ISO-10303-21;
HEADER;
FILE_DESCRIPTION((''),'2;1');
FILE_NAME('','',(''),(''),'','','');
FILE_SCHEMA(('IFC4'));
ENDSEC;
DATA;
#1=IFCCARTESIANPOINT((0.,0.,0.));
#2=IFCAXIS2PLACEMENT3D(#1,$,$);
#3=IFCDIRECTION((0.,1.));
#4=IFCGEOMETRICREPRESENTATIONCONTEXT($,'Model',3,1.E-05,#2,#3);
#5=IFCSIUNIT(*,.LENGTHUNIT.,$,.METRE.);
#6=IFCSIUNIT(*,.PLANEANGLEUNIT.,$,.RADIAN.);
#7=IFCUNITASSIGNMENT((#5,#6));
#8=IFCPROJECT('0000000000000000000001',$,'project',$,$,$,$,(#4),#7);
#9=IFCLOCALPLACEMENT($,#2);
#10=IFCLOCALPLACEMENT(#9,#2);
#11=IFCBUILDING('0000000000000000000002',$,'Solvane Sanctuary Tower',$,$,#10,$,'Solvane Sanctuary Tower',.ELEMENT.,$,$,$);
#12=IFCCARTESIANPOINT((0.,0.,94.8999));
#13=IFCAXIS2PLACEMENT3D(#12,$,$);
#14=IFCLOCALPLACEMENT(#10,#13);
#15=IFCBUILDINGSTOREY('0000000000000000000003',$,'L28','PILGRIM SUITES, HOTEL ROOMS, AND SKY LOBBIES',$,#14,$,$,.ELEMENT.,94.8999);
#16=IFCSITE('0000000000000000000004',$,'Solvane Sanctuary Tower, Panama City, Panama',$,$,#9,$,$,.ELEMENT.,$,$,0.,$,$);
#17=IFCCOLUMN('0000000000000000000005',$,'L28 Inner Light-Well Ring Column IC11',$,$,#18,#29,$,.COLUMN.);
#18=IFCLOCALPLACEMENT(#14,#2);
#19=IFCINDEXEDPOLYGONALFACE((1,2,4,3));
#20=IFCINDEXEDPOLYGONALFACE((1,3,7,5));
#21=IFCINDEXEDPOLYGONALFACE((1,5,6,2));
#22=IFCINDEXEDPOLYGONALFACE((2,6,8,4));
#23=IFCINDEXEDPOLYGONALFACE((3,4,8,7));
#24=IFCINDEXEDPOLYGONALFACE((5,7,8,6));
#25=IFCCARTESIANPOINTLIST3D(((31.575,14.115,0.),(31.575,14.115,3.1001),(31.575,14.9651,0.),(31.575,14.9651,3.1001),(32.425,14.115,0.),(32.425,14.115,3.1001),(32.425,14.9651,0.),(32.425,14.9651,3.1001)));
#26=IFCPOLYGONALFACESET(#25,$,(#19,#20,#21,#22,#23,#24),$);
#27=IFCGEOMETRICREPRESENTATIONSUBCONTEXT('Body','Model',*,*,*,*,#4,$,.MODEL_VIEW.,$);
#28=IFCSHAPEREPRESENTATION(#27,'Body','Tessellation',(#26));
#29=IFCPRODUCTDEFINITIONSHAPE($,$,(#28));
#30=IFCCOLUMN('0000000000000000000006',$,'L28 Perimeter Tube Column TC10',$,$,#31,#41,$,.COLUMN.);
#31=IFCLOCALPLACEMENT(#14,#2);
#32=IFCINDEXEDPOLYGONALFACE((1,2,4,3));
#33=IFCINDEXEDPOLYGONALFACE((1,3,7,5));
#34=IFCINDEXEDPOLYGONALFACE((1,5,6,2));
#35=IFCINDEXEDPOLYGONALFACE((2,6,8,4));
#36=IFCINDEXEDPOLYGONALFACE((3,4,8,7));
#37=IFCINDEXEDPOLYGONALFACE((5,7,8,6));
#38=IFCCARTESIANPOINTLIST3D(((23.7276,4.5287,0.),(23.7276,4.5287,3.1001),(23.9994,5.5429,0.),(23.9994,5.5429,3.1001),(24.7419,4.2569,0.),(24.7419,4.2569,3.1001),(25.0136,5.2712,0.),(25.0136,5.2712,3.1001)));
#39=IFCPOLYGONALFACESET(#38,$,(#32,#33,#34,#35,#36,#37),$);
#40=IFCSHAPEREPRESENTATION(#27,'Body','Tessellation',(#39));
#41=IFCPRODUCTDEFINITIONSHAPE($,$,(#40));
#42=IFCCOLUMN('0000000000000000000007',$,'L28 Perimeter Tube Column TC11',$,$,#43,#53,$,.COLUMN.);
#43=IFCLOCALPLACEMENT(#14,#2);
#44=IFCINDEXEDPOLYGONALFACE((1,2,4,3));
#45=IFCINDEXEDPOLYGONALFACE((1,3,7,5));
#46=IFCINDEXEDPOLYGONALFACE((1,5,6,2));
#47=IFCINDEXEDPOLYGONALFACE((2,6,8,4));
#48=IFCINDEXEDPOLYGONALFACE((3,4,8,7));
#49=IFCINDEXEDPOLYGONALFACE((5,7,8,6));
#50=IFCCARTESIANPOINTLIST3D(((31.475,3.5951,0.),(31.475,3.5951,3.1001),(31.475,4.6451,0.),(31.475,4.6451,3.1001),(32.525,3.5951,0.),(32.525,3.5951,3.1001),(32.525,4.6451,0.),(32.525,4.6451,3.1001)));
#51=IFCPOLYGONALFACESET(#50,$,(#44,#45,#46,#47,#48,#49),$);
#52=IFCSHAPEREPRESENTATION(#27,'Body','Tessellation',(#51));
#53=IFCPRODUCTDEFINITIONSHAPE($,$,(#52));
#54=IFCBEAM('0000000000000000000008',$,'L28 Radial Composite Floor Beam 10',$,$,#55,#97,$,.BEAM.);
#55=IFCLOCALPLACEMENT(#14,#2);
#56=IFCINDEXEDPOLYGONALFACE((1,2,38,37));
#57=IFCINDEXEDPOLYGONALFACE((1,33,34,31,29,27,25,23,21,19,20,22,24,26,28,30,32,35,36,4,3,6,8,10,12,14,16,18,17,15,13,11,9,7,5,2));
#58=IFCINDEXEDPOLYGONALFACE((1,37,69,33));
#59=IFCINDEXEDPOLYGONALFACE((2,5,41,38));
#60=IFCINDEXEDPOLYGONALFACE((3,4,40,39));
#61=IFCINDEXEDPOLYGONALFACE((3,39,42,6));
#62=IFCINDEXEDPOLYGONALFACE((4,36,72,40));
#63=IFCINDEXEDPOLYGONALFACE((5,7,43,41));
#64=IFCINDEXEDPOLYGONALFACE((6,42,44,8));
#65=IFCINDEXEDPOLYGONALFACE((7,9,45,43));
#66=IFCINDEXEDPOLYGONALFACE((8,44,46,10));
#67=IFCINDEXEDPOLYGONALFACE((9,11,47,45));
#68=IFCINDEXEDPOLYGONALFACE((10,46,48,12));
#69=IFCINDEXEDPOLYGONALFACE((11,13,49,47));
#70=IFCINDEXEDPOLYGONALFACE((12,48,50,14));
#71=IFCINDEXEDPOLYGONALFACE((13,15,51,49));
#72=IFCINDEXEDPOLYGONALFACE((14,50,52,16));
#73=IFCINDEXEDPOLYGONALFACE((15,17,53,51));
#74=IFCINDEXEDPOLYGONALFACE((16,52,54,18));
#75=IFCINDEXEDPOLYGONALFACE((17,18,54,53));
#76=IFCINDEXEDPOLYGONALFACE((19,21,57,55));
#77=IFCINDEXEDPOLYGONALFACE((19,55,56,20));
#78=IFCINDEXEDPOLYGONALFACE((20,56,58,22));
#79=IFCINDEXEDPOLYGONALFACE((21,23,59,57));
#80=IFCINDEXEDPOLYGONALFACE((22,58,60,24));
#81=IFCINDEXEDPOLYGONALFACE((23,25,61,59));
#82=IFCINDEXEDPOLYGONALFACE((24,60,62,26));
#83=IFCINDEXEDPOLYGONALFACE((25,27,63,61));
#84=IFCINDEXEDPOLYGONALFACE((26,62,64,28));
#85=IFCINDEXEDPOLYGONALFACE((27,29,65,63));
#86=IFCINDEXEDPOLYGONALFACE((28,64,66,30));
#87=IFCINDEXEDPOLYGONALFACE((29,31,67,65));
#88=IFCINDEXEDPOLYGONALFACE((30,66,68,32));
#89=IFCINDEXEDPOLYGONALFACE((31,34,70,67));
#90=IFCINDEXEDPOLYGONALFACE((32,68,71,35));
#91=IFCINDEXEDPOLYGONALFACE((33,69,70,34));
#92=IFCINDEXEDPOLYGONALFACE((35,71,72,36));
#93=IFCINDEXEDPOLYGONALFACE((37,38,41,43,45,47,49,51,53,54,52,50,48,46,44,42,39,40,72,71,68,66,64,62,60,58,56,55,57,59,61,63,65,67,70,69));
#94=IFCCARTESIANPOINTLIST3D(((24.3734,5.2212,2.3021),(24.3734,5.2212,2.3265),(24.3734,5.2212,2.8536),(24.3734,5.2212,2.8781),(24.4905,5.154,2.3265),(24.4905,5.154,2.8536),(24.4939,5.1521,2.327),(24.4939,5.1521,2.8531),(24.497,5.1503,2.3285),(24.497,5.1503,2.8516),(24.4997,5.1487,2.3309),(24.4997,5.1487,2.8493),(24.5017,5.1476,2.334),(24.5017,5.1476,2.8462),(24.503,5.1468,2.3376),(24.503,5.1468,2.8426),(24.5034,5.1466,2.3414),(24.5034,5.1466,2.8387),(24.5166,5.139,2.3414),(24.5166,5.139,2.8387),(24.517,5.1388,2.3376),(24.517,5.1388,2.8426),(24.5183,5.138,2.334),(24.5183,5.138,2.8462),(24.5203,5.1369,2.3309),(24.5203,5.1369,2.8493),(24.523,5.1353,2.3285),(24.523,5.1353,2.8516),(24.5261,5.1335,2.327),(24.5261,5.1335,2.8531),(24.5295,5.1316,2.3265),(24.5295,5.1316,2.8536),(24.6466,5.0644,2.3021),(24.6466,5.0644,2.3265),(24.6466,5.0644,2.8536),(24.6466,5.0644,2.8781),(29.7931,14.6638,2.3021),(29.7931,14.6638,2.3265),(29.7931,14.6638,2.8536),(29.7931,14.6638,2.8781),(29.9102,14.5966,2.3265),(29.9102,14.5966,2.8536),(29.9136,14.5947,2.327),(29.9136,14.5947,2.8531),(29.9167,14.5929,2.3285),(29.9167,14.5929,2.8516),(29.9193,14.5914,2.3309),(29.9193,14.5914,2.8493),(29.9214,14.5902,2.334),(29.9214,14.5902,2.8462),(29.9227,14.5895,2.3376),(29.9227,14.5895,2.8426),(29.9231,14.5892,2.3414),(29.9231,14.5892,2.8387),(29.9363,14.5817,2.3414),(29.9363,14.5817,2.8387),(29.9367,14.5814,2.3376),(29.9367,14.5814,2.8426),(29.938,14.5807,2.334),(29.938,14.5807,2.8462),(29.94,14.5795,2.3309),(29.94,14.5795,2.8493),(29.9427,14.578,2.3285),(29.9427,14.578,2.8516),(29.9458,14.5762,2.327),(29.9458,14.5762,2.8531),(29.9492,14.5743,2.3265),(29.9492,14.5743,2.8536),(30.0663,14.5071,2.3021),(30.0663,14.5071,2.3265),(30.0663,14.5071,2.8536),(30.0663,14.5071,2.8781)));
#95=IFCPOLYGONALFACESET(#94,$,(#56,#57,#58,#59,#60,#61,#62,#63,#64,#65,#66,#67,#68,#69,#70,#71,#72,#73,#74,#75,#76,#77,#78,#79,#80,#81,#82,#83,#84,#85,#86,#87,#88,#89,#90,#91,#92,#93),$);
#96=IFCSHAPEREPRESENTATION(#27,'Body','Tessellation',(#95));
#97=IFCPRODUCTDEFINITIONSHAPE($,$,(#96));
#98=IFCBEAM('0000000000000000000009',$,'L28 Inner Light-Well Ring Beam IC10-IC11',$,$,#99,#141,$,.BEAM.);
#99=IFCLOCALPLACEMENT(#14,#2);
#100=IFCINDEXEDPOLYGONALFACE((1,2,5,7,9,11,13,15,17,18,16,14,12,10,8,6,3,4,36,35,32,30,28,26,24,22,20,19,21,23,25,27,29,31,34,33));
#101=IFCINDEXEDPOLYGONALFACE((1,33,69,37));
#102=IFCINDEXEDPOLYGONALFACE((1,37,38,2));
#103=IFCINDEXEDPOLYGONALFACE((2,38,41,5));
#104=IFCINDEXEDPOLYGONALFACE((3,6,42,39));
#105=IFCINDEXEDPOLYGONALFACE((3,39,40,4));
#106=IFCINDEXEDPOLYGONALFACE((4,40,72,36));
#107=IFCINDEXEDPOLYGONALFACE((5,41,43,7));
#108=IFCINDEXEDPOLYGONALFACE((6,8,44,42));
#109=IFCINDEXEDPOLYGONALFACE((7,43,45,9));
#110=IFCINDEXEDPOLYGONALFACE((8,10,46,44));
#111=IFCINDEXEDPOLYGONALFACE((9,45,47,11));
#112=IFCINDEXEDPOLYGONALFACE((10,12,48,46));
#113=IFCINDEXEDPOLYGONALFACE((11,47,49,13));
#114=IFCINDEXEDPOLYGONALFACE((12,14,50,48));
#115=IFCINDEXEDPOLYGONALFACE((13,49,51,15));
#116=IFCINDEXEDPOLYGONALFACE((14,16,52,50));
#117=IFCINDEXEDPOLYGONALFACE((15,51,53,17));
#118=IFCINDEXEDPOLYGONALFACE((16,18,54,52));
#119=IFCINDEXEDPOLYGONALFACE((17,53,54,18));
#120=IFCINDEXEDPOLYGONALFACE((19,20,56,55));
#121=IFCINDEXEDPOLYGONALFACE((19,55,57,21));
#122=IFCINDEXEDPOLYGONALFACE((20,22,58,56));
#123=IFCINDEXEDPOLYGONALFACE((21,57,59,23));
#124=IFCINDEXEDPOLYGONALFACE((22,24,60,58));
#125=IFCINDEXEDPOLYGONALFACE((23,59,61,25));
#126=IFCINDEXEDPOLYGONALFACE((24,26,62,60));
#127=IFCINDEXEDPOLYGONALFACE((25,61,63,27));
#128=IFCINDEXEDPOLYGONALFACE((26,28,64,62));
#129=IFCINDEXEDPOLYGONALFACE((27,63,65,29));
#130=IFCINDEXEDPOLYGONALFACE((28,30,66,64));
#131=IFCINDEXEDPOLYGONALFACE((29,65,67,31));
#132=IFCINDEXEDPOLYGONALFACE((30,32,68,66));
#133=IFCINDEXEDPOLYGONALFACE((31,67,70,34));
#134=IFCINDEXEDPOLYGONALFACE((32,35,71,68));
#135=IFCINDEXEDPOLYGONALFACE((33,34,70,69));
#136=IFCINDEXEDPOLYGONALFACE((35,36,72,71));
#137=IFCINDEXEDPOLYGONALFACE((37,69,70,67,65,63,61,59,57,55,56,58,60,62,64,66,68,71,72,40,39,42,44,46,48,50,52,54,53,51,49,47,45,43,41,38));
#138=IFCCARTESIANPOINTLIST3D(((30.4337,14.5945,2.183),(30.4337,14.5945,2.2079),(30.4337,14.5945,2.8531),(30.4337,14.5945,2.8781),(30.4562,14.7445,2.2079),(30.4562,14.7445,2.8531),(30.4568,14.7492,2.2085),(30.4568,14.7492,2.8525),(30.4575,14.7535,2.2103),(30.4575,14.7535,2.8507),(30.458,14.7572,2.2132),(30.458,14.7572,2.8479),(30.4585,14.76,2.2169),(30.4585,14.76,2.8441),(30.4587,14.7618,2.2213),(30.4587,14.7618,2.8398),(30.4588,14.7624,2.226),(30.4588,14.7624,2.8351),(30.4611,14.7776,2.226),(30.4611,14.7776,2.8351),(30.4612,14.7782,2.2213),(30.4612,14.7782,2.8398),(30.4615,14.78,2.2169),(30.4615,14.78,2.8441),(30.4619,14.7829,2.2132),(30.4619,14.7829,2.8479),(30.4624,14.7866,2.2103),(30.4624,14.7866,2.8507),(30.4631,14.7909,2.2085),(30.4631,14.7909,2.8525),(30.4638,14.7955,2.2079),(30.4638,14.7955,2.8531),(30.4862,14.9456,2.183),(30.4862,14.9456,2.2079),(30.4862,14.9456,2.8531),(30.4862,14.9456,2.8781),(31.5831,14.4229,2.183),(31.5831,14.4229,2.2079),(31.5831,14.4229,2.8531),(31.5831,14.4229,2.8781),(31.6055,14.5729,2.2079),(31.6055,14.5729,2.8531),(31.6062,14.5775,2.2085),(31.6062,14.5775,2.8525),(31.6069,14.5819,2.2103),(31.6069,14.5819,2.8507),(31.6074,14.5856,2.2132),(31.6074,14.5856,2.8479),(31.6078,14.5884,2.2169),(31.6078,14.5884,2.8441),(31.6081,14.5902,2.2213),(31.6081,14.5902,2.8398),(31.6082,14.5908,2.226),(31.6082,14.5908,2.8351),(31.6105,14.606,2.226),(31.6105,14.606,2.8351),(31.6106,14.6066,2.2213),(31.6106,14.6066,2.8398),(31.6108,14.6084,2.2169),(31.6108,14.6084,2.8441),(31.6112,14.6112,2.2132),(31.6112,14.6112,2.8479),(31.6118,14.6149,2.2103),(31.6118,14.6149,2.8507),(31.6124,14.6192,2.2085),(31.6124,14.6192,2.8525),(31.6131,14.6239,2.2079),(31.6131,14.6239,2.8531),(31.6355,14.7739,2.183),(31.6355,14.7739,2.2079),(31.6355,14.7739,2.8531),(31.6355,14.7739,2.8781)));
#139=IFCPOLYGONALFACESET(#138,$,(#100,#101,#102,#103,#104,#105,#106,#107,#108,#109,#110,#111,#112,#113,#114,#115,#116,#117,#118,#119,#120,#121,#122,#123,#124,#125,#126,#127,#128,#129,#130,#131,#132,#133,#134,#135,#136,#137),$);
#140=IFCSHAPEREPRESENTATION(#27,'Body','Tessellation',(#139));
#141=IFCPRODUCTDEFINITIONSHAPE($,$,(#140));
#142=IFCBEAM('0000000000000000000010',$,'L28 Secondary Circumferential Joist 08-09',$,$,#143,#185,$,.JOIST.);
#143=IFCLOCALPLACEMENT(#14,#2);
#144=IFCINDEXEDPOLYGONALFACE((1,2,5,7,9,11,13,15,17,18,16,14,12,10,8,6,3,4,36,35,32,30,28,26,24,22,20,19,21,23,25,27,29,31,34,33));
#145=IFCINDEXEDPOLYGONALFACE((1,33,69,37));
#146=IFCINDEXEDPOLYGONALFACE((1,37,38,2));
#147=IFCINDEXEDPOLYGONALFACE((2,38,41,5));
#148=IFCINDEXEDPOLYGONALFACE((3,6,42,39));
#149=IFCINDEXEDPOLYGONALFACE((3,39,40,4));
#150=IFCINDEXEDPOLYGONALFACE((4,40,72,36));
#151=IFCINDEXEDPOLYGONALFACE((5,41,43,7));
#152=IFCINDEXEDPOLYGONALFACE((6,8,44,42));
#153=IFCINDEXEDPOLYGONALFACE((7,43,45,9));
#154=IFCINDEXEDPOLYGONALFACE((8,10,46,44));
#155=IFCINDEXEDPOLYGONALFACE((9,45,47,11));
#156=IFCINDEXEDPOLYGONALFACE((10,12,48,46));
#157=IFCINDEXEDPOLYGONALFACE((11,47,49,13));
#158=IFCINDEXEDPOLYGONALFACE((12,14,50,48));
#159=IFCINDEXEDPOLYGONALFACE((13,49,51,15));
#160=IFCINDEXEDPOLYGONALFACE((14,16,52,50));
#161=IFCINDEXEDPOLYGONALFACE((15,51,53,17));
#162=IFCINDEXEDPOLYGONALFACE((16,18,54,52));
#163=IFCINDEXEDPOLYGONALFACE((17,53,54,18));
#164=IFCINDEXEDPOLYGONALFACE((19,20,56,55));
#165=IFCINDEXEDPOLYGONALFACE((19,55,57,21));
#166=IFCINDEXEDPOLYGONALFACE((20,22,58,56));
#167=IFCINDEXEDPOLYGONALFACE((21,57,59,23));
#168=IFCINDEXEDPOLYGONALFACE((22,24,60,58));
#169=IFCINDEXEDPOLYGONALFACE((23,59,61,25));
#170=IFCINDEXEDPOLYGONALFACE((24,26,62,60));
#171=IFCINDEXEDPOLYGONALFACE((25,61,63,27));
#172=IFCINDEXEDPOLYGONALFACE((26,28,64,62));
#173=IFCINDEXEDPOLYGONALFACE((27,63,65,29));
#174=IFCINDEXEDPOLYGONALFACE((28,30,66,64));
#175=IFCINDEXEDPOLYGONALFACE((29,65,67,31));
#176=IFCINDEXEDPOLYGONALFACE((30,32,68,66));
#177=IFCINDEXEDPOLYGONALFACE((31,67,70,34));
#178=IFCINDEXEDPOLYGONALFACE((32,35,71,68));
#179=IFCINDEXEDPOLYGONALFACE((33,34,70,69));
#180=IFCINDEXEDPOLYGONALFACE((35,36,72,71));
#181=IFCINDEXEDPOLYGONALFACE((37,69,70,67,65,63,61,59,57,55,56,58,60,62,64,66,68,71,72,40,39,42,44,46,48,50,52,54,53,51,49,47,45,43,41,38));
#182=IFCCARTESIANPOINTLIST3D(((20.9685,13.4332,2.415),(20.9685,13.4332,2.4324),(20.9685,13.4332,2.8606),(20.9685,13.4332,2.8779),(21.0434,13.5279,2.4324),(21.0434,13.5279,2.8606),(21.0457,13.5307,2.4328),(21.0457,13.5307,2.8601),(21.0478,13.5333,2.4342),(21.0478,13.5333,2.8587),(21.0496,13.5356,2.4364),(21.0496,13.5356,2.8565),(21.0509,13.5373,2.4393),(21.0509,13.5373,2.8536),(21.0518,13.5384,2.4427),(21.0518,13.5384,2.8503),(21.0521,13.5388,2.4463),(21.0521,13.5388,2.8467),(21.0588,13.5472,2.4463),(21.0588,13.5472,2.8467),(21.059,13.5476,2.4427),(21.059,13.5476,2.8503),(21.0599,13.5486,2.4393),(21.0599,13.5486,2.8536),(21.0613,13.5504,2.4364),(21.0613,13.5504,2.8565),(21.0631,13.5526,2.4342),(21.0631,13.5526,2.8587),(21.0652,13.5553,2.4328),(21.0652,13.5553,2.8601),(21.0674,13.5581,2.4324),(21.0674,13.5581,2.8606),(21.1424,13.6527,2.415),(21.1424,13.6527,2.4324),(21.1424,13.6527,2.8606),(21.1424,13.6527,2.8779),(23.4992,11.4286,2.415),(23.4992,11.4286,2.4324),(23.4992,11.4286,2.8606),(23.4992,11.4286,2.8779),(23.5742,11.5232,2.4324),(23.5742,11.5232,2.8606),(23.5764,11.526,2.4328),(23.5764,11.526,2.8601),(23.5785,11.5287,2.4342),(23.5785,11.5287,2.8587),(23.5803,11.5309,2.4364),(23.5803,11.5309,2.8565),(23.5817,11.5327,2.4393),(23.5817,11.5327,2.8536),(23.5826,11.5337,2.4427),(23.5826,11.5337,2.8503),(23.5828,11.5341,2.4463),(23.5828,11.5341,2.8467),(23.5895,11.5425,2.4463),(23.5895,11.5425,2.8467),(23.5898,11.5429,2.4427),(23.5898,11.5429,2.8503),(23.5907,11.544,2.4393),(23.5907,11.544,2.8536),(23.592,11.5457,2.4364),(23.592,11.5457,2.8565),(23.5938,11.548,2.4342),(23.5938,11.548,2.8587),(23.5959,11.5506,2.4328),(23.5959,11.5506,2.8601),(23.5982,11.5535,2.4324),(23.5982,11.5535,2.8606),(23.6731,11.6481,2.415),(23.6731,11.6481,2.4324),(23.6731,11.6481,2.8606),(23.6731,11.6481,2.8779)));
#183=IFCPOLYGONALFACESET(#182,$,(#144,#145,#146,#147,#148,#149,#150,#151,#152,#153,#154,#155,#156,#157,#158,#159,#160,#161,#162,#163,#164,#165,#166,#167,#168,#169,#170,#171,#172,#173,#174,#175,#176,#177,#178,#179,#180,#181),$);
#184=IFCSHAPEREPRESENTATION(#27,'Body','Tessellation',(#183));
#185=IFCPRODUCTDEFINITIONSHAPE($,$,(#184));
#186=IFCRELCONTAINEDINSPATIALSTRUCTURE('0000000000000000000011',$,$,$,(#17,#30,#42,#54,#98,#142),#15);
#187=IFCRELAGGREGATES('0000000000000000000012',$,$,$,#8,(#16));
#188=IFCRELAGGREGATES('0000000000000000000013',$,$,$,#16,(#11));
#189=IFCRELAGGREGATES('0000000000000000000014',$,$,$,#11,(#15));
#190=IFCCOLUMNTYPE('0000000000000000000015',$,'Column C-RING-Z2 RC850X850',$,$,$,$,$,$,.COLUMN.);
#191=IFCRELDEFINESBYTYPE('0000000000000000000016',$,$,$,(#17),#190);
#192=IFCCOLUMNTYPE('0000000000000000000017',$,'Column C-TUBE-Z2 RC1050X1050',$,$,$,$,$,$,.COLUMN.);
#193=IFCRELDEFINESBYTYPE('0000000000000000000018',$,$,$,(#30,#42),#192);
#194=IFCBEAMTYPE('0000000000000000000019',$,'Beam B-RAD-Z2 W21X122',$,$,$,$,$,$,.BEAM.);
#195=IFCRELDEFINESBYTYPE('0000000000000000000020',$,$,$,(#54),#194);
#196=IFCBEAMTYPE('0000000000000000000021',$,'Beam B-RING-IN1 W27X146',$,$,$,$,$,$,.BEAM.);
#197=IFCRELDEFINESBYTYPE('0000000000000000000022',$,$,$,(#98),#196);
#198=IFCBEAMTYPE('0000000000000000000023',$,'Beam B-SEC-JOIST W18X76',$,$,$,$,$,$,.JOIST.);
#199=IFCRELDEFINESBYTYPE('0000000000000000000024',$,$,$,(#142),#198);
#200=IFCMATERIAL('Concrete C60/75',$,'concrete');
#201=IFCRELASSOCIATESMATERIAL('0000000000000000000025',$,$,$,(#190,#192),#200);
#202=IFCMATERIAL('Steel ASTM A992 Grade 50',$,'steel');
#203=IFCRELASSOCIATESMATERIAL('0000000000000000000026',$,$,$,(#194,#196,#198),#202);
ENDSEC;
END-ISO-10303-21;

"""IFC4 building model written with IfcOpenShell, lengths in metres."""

from ifc_helpers import new_model, si_unit, direction, frame, origin, origin_2d, place, context, subcontext, project, spatial, rectangle, i_section, extrude, material, material_profile, profile_set, type_object, element, save


model = new_model("IFC4")

# Units and contexts
model_context = context("Model", 3, precision=1e-05, world=origin(), true_north=direction((0.0, 1.0)))
body_context = subcontext(model_context, "Body", "Model", "MODEL_VIEW")
ifc_project = project(units=[si_unit("LENGTHUNIT", "METRE"), si_unit("PLANEANGLEUNIT", "RADIAN")], contexts=[model_context])

# Site, building, storey
site_placement = place(None, origin())
site = spatial("IfcSite", under=ifc_project, at=site_placement, Name="Solvane Sanctuary Tower, Panama City, Panama", CompositionType="ELEMENT", RefElevation=0.0)
building_placement = place(site_placement, origin())
building = spatial("IfcBuilding", under=site, at=building_placement, Name="Solvane Sanctuary Tower", LongName="Solvane Sanctuary Tower", CompositionType="ELEMENT")
storey_placement = place(building_placement, frame((0.0, 0.0, 94.8999)))
storey = spatial("IfcBuildingStorey", under=building, at=storey_placement, Name="L28", Description="PILGRIM SUITES, HOTEL ROOMS, AND SKY LOBBIES", CompositionType="ELEMENT", Elevation=94.8999)

# Columns
ifc_material_1 = material(Name="Concrete C60/75", Category="concrete")
ifc_material_profile_1 = material_profile(ifc_material_1, rectangle(XDim=0.8501, YDim=0.8501, at=origin_2d()), Name="RC850X850")
ifc_profile_set_1 = profile_set([ifc_material_profile_1], Name="Concrete C60/75")
column_type_1 = type_object("IfcColumnType", Name="Column C-RING-Z2 RC850X850", PredefinedType="COLUMN", material=ifc_profile_set_1)
column_placement = place(storey_placement, frame((32.0, 14.54, 0.0), z_axis=(0.0, 0.0, 1.0), x_axis=(1.0, 0.0, 0.0)))
element("IfcColumn", 1, at=column_placement, inside=storey, type_object=column_type_1, Name="L28 Inner Light-Well Ring Column IC11", PredefinedType="COLUMN", context=body_context, shape_type="SweptSolid", body=[
    extrude(rectangle(XDim=0.8501, YDim=0.8501, at=origin_2d()), origin(), (0.0, 0.0, 1.0), 3.1001),
])
ifc_material_profile_2 = material_profile(ifc_material_1, rectangle(XDim=1.05, YDim=1.05, at=origin_2d()), Name="RC1050X1050")
ifc_profile_set_2 = profile_set([ifc_material_profile_2], Name="Concrete C60/75")
column_type_2 = type_object("IfcColumnType", Name="Column C-TUBE-Z2 RC1050X1050", PredefinedType="COLUMN", material=ifc_profile_set_2)
for number, where, z_axis, x_axis, name in (
    (2, (24.3706, 4.8999, 0.0), (0.0, 0.0, 1.0), (-0.258819, -0.965926, 0.0), "L28 Perimeter Tube Column TC10"),
    (3, (32.0, 4.1201, 0.0), (0.0, 0.0, 1.0), (0.0, -1.0, 0.0), "L28 Perimeter Tube Column TC11"),
):
    element("IfcColumn", number, at=place(storey_placement, frame(where, z_axis=z_axis, x_axis=x_axis)), inside=storey, type_object=column_type_2, Name=name, PredefinedType="COLUMN", context=body_context, shape_type="SweptSolid", body=[
        extrude(rectangle(XDim=1.05, YDim=1.05, at=origin_2d()), origin(), (0.0, 0.0, 1.0), 3.1001),
    ])

# Beams
ifc_material_2 = material(Name="Steel ASTM A992 Grade 50", Category="steel")
ifc_material_profile_3 = material_profile(ifc_material_2, i_section(OverallWidth=0.3149, OverallDepth=0.5759, WebThickness=0.0151, FlangeThickness=0.0244, FilletRadius=0.0149, at=origin_2d()), Name="W21X122")
ifc_profile_set_3 = profile_set([ifc_material_profile_3], Name="Steel ASTM A992 Grade 50")
beam_type_1 = type_object("IfcBeamType", Name="Beam B-RAD-Z2 W21X122", PredefinedType="BEAM", material=ifc_profile_set_3)
beam_1_placement = place(storey_placement, frame((29.9297, 14.5854, 2.5901), z_axis=(-0.497792, -0.867296, 0.0), x_axis=(0.867296, -0.497792, 0.0)))
element("IfcBeam", 4, at=beam_1_placement, inside=storey, type_object=beam_type_1, Name="L28 Radial Composite Floor Beam 10", PredefinedType="BEAM", context=body_context, shape_type="SweptSolid", body=[
    extrude(i_section(OverallWidth=0.3149, OverallDepth=0.5759, WebThickness=0.0151, FlangeThickness=0.0244, FilletRadius=0.0149, at=origin_2d()), origin(), (0.0, 0.0, 1.0), 10.8875),
])
ifc_material_profile_4 = material_profile(ifc_material_2, i_section(OverallWidth=0.355, OverallDepth=0.6951, WebThickness=0.0154, FlangeThickness=0.0249, FilletRadius=0.0181, at=origin_2d()), Name="W27X146")
ifc_profile_set_4 = profile_set([ifc_material_profile_4], Name="Steel ASTM A992 Grade 50")
beam_type_2 = type_object("IfcBeamType", Name="Beam B-RING-IN1 W27X146", PredefinedType="BEAM", material=ifc_profile_set_4)
beam_2_placement = place(storey_placement, frame((30.46, 14.77, 2.5305), z_axis=(0.989035, -0.147683, 0.0), x_axis=(0.147683, 0.989035, 0.0)))
element("IfcBeam", 5, at=beam_2_placement, inside=storey, type_object=beam_type_2, Name="L28 Inner Light-Well Ring Beam IC10-IC11", PredefinedType="BEAM", context=body_context, shape_type="SweptSolid", body=[
    extrude(i_section(OverallWidth=0.355, OverallDepth=0.6951, WebThickness=0.0154, FlangeThickness=0.0249, FilletRadius=0.0181, at=origin_2d()), origin(), (0.0, 0.0, 1.0), 1.1621),
])
ifc_material_profile_5 = material_profile(ifc_material_2, i_section(OverallWidth=0.28, OverallDepth=0.4629, WebThickness=0.0107, FlangeThickness=0.0173, FilletRadius=0.0139, at=origin_2d()), Name="W18X76")
ifc_profile_set_5 = profile_set([ifc_material_profile_5], Name="Steel ASTM A992 Grade 50")
beam_type_3 = type_object("IfcBeamType", Name="Beam B-SEC-JOIST W18X76", PredefinedType="JOIST", material=ifc_profile_set_5)
beam_3_placement = place(storey_placement, frame((21.0554, 13.543, 2.6465), z_axis=(0.783877, -0.620916, 0.0), x_axis=(0.620916, 0.783877, 0.0)))
element("IfcBeam", 6, at=beam_3_placement, inside=storey, type_object=beam_type_3, Name="L28 Secondary Circumferential Joist 08-09", PredefinedType="JOIST", context=body_context, shape_type="SweptSolid", body=[
    extrude(i_section(OverallWidth=0.28, OverallDepth=0.4629, WebThickness=0.0107, FlangeThickness=0.0173, FilletRadius=0.0139, at=origin_2d()), origin(), (0.0, 0.0, 1.0), 3.2285),
])

save(model, "model.ifc")
